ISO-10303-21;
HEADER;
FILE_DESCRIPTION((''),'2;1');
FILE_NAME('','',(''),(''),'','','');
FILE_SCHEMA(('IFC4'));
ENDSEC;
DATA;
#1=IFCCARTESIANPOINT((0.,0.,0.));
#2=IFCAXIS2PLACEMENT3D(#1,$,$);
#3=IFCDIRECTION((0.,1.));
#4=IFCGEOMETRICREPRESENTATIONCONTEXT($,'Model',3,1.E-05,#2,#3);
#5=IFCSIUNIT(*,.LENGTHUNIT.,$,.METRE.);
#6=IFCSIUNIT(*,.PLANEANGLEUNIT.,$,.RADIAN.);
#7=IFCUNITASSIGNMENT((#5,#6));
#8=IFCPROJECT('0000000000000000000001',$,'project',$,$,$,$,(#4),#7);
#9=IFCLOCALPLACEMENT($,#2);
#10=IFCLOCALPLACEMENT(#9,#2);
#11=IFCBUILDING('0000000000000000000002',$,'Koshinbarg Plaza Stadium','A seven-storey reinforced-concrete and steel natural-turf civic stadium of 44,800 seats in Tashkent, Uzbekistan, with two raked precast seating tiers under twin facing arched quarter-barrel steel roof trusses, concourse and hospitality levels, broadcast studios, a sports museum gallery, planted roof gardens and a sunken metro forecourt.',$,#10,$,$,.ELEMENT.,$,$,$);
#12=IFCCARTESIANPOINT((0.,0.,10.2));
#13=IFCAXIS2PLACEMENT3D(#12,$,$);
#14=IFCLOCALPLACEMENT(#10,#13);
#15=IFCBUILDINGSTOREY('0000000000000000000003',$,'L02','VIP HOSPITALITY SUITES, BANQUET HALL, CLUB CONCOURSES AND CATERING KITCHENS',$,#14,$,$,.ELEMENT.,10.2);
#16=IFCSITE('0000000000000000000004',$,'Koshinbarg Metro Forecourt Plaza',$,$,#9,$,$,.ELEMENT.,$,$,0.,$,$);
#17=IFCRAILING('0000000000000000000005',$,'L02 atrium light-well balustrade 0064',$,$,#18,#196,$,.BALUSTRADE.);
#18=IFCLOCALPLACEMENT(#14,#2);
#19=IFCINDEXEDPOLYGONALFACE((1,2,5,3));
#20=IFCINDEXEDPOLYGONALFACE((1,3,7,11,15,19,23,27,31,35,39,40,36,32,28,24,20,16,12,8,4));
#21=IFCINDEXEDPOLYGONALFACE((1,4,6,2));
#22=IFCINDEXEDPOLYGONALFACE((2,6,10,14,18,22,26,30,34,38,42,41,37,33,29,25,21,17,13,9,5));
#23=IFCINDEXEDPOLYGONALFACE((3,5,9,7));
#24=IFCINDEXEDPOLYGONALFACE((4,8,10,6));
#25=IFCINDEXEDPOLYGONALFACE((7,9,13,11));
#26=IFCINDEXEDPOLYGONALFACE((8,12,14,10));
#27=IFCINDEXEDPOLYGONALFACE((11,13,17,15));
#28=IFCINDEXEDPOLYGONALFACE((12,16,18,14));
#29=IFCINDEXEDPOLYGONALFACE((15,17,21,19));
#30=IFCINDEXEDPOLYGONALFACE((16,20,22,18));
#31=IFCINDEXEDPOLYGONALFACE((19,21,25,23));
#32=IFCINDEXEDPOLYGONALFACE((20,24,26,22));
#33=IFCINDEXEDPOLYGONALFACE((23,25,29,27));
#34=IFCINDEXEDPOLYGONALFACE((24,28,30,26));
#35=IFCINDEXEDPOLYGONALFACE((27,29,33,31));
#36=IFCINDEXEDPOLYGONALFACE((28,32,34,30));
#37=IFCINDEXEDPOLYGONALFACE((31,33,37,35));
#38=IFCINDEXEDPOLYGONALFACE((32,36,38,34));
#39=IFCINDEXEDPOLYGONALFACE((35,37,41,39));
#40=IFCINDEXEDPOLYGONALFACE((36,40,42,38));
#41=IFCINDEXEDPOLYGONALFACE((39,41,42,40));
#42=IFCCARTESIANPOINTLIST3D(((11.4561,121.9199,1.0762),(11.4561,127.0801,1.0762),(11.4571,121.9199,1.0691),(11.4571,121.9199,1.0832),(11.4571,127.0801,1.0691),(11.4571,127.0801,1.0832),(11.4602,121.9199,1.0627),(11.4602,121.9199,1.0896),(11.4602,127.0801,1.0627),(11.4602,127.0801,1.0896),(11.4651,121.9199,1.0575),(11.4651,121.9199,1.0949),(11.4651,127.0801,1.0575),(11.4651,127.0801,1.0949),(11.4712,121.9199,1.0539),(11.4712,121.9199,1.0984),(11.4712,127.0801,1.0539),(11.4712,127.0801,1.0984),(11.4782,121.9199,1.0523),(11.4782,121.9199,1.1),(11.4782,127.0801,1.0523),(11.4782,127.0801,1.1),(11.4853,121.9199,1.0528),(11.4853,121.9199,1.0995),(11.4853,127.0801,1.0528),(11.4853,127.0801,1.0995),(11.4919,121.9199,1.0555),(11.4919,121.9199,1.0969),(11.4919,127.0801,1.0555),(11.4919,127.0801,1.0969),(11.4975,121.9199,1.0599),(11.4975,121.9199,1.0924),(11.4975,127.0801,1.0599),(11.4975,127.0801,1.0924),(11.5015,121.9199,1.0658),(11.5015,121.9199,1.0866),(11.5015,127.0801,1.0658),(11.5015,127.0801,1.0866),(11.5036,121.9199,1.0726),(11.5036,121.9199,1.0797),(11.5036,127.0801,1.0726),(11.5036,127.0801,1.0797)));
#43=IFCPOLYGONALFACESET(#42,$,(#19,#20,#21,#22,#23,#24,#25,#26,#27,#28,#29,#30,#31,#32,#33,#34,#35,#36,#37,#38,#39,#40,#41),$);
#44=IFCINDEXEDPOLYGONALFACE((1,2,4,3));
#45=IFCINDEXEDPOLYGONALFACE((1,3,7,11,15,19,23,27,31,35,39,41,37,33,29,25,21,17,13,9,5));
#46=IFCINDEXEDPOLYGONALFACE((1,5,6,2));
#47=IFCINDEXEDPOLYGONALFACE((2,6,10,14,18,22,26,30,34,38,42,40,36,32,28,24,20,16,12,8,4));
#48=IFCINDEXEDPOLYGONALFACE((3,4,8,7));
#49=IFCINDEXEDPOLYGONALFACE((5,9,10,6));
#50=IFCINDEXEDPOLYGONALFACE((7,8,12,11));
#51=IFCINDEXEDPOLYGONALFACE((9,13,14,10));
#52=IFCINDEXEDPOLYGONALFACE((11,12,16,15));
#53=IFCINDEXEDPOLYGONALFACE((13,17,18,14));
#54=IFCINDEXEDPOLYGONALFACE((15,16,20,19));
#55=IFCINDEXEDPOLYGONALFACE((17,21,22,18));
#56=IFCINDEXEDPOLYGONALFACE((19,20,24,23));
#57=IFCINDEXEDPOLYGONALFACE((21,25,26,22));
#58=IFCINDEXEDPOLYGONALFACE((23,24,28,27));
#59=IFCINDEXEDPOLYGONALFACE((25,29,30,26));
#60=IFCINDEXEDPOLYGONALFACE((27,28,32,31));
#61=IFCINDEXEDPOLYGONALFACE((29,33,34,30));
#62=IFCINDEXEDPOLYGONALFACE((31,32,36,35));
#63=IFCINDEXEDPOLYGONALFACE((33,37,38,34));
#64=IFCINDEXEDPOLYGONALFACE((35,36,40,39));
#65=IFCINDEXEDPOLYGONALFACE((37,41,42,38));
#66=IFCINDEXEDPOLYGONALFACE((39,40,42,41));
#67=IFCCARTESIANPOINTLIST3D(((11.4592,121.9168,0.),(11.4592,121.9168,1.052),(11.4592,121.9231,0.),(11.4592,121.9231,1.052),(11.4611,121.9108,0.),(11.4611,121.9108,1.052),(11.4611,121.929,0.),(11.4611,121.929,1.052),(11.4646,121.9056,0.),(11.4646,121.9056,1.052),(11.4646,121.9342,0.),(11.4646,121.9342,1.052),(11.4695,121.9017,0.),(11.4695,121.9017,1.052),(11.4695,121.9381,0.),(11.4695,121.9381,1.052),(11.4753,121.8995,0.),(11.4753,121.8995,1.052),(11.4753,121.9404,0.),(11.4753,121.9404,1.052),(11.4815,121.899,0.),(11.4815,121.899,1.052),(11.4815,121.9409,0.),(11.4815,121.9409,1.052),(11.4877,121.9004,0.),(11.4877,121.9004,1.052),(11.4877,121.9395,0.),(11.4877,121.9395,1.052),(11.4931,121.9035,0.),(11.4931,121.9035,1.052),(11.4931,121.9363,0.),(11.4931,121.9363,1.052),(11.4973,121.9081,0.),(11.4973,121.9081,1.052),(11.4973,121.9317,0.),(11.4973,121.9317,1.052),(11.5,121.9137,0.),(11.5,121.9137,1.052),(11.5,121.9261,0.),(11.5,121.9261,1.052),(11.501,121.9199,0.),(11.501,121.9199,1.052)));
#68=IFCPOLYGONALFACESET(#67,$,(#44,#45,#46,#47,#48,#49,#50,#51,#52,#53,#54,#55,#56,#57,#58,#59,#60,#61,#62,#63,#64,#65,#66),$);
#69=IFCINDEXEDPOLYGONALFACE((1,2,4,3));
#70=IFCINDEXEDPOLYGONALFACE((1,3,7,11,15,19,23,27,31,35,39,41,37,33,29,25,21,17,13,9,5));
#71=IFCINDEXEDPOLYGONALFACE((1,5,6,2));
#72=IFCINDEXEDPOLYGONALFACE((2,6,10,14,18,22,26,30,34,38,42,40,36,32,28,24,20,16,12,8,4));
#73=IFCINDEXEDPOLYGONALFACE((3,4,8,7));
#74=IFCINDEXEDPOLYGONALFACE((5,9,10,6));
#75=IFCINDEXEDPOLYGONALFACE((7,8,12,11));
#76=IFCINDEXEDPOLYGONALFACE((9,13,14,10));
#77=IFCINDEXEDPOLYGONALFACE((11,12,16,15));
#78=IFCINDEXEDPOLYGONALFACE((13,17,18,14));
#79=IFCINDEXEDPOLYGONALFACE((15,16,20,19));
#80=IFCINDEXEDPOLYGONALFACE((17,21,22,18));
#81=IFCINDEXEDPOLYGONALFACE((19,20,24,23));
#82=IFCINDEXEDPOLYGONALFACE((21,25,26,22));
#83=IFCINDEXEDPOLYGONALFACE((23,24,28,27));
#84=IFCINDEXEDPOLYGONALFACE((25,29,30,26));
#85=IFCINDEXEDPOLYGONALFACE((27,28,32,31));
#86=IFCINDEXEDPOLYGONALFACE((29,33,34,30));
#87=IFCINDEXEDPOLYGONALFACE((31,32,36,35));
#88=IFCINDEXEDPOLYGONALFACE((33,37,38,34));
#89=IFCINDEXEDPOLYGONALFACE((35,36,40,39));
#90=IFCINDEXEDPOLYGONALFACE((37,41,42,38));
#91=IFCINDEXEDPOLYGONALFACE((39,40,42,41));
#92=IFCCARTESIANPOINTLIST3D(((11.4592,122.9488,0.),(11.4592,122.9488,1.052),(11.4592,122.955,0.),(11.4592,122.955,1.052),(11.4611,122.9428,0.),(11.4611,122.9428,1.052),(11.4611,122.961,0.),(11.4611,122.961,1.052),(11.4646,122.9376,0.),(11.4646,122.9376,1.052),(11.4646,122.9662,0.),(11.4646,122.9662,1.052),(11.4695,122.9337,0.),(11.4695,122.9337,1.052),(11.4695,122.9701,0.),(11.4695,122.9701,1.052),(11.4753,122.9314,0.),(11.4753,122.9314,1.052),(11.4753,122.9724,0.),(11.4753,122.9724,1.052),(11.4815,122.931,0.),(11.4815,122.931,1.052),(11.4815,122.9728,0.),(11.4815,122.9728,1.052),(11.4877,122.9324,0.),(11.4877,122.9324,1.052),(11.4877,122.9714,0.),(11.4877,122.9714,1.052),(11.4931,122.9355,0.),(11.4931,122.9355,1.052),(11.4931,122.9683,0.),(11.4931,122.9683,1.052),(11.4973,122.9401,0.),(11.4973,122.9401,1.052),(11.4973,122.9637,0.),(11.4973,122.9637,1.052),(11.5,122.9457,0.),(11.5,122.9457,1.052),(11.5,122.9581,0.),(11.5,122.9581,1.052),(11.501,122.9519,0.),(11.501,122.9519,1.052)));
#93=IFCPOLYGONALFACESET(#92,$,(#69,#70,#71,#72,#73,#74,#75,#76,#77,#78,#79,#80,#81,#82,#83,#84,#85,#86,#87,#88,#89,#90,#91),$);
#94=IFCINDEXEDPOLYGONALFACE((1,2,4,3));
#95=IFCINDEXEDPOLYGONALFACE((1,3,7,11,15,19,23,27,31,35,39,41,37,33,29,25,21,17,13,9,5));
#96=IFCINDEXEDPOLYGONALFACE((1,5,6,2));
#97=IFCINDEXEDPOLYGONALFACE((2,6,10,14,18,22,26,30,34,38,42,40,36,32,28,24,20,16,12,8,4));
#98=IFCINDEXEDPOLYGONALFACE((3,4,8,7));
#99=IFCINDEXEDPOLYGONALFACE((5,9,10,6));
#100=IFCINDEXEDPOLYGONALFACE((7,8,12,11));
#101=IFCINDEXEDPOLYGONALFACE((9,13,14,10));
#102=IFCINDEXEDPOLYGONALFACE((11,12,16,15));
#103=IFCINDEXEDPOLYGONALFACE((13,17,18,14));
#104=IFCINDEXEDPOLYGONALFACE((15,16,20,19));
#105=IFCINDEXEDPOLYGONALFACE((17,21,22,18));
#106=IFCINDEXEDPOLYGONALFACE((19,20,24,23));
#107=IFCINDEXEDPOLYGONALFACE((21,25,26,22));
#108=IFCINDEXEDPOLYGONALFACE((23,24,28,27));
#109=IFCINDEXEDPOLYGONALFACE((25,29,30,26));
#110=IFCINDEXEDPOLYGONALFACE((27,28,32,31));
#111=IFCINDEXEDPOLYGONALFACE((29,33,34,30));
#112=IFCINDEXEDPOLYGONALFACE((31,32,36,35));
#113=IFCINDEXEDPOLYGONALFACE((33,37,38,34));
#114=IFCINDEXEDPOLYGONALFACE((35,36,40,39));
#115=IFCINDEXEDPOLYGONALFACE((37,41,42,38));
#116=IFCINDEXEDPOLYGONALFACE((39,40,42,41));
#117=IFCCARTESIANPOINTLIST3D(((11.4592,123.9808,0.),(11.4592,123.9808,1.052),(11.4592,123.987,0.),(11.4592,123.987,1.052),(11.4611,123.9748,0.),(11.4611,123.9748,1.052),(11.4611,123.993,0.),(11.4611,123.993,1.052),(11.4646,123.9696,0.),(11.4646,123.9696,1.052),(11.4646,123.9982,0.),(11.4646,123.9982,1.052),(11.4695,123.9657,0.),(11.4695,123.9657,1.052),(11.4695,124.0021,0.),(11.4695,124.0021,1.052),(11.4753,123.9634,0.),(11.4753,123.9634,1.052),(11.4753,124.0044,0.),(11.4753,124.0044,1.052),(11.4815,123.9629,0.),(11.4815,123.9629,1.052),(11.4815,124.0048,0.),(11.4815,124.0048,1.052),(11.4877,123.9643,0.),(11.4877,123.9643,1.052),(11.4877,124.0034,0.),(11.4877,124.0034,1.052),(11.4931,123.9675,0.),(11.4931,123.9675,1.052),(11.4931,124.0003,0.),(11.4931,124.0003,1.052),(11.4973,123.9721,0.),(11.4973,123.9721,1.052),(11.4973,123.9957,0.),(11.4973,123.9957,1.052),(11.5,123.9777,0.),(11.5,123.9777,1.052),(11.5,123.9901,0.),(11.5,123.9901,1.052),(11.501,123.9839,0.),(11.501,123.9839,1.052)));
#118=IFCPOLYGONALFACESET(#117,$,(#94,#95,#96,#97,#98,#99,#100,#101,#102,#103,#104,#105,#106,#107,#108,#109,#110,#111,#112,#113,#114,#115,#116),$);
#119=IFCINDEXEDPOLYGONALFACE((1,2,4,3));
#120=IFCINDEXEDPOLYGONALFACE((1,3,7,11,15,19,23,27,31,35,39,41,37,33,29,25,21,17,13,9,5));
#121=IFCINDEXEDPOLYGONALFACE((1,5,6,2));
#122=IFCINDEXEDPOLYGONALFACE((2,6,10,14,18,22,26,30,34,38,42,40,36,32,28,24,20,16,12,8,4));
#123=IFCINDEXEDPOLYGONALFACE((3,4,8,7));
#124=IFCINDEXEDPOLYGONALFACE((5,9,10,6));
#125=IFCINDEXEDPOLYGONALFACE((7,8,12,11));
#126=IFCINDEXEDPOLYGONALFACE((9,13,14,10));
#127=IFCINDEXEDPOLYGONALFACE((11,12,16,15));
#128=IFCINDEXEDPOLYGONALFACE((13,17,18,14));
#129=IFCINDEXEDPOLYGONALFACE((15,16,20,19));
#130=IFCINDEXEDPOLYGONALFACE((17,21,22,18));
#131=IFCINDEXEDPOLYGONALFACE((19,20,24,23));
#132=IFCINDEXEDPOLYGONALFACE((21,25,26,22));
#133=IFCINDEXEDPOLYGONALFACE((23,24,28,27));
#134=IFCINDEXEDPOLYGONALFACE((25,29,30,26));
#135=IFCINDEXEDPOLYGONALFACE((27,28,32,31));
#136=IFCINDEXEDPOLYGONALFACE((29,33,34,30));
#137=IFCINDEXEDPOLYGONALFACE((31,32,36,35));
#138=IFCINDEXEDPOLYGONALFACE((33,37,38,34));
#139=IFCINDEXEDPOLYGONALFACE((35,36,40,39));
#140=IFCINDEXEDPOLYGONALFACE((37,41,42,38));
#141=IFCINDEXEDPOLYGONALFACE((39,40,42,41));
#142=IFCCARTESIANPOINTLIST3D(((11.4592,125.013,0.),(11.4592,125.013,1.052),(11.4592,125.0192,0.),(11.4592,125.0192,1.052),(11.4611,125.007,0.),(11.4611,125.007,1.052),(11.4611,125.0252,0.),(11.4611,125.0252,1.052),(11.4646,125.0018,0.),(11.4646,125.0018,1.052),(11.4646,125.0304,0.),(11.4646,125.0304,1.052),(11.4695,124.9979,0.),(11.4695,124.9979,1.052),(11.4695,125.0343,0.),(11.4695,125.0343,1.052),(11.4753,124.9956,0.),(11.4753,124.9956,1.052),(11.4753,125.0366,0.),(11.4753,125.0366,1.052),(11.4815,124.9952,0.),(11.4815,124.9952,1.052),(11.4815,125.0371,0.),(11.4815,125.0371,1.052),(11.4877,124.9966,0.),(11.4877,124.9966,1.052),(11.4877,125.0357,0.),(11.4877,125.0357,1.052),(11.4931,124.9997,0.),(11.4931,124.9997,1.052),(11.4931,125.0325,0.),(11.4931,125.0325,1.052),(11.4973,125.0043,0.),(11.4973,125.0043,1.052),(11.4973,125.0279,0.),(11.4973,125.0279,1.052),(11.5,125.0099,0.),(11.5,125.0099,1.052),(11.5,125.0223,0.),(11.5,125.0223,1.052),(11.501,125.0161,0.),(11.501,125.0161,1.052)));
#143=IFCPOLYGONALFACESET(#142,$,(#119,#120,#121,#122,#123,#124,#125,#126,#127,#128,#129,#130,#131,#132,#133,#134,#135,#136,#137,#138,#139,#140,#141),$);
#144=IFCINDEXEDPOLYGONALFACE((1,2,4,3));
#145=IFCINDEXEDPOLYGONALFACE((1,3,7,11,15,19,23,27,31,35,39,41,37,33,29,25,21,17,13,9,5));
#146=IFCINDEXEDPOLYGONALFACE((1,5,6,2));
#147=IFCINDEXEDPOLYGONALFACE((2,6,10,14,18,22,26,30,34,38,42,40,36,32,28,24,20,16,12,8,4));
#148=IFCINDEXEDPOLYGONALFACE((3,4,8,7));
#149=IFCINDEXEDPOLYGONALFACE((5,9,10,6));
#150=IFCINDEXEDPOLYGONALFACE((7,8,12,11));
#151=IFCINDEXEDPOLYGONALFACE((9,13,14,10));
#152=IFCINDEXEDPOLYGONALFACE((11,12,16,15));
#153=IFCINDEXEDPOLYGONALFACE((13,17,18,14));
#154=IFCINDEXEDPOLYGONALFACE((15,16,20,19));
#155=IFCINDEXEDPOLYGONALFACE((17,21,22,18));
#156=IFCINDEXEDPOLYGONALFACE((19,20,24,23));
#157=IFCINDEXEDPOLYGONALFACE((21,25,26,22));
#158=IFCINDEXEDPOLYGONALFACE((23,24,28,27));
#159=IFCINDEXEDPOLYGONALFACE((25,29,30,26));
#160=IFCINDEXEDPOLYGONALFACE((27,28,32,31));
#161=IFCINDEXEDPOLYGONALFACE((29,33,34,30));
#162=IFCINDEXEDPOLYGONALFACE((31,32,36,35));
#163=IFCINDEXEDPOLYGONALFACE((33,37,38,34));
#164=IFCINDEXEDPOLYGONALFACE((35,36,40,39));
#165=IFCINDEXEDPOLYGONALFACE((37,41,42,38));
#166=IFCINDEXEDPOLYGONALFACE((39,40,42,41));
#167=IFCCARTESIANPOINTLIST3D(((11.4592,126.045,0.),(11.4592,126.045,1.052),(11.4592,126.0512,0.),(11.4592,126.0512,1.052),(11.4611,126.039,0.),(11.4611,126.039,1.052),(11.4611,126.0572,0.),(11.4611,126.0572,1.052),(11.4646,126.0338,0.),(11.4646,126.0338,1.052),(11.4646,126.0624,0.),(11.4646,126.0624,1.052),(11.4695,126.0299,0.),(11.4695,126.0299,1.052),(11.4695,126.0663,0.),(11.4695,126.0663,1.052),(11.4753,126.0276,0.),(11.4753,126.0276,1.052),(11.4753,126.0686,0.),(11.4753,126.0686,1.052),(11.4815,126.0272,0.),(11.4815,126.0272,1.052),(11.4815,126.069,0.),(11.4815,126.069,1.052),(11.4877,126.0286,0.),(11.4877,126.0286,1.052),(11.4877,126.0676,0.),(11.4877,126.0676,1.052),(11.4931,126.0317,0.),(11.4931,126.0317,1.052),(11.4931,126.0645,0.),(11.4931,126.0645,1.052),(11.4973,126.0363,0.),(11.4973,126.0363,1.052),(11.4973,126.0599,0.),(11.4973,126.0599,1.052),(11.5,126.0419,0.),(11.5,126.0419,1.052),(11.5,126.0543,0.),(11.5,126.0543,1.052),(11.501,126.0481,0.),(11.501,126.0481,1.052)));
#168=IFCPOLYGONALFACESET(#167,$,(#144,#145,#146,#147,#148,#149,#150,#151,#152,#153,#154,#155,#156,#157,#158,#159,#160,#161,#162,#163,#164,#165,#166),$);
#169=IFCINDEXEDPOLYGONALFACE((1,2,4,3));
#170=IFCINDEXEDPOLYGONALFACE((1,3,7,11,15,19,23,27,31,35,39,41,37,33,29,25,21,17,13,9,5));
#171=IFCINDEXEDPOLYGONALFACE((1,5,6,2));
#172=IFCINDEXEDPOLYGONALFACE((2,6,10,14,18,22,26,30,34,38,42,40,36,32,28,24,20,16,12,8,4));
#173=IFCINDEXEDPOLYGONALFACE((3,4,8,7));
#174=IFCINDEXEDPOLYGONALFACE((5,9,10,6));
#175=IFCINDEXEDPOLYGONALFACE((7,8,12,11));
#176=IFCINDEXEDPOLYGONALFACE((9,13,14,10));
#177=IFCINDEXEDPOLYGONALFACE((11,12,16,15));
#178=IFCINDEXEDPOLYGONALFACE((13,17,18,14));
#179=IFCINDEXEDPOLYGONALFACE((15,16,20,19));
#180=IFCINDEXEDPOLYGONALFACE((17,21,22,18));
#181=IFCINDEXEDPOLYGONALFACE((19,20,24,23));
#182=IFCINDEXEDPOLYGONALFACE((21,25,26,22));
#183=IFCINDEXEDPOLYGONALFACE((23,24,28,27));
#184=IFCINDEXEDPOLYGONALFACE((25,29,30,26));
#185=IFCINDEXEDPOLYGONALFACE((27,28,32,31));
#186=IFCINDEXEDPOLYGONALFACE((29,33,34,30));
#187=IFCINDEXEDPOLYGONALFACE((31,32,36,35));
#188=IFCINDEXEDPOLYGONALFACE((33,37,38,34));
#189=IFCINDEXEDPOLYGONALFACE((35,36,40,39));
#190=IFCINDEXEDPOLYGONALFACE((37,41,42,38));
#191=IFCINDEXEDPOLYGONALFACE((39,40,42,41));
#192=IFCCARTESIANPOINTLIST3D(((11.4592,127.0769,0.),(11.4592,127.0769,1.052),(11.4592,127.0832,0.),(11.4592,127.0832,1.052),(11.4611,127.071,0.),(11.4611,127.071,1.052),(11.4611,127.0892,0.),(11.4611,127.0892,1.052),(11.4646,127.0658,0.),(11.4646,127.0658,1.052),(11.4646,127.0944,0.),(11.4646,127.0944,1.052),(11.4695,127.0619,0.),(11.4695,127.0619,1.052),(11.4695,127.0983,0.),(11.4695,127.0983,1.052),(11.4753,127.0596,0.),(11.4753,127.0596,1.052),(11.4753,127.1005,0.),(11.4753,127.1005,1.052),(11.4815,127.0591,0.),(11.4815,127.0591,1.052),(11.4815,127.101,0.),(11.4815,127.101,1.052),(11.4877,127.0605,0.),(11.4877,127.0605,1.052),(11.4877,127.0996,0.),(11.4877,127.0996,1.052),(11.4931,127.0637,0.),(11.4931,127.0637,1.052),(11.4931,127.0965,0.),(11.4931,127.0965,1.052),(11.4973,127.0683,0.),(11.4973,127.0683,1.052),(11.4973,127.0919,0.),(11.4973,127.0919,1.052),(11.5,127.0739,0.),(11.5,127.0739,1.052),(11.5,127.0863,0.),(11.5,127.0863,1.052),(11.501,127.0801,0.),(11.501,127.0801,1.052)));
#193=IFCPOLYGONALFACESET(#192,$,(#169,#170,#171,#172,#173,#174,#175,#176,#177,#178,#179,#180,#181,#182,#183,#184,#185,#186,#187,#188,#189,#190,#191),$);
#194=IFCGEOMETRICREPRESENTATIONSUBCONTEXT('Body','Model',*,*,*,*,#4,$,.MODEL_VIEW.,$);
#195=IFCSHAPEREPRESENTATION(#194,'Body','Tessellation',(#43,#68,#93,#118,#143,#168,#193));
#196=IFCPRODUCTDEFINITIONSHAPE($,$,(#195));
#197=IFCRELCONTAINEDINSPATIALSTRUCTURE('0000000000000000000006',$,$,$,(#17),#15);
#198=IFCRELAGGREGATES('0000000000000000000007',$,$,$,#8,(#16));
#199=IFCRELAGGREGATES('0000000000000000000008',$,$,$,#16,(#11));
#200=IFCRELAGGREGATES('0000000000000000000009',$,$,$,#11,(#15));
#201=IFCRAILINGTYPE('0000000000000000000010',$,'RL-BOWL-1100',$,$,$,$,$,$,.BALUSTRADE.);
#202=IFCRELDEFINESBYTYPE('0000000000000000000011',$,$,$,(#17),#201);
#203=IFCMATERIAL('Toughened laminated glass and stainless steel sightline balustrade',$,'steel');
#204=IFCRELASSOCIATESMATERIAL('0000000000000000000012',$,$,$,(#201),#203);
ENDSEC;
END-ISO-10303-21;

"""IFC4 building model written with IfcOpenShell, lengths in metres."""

from ifc_helpers import new_model, si_unit, direction, frame, origin, origin_2d, place, context, subcontext, project, spatial, circle, extrude, material, type_object, element, save


model = new_model("IFC4")

# Units and contexts
model_context = context("Model", 3, precision=1e-05, world=origin(), true_north=direction((0.0, 1.0)))
body_context = subcontext(model_context, "Body", "Model", "MODEL_VIEW")
ifc_project = project(units=[si_unit("LENGTHUNIT", "METRE"), si_unit("PLANEANGLEUNIT", "RADIAN")], contexts=[model_context])

# Site, building, storey
site_placement = place(None, origin())
site = spatial("IfcSite", under=ifc_project, at=site_placement, Name="Koshinbarg Metro Forecourt Plaza", CompositionType="ELEMENT", RefElevation=0.0)
building_placement = place(site_placement, origin())
building = spatial("IfcBuilding", under=site, at=building_placement, Name="Koshinbarg Plaza Stadium", Description="A seven-storey reinforced-concrete and steel natural-turf civic stadium of 44,800 seats in Tashkent, Uzbekistan, with two raked precast seating tiers under twin facing arched quarter-barrel steel roof trusses, concourse and hospitality levels, broadcast studios, a sports museum gallery, planted roof gardens and a sunken metro forecourt.", CompositionType="ELEMENT")
storey_placement = place(building_placement, frame((0.0, 0.0, 10.2)))
storey = spatial("IfcBuildingStorey", under=building, at=storey_placement, Name="L02", Description="VIP HOSPITALITY SUITES, BANQUET HALL, CLUB CONCOURSES AND CATERING KITCHENS", CompositionType="ELEMENT", Elevation=10.2)

# Railing
ifc_material_1 = material(Name="Toughened laminated glass and stainless steel sightline balustrade", Category="steel")
railing_type = type_object("IfcRailingType", Name="RL-BOWL-1100", PredefinedType="BALUSTRADE", material=ifc_material_1)
railing_1_placement = place(storey_placement, frame((11.48, 121.9199, 0.0)))
element("IfcRailing", 1, at=railing_1_placement, inside=storey, type_object=railing_type, Name="L02 atrium light-well balustrade 0064", PredefinedType="BALUSTRADE", context=body_context, shape_type="SweptSolid", body=[
    extrude(circle(Radius=0.0239, at=origin_2d()), frame((0.0, 0.0, 1.0762), z_axis=(0.0, 1.0, 0.0), x_axis=(-1.0, 0.0, 0.0)), (0.0, 0.0, 1.0), 5.1602),
    extrude(circle(Radius=0.021, at=origin_2d()), origin(), (0.0, 0.0, 1.0), 1.052),
    extrude(circle(Radius=0.021, at=origin_2d()), frame((0.0, 1.032, 0.0)), (0.0, 0.0, 1.0), 1.052),
    extrude(circle(Radius=0.021, at=origin_2d()), frame((0.0, 2.064, 0.0)), (0.0, 0.0, 1.0), 1.052),
    extrude(circle(Radius=0.021, at=origin_2d()), frame((0.0, 3.0962, 0.0)), (0.0, 0.0, 1.0), 1.052),
    extrude(circle(Radius=0.021, at=origin_2d()), frame((0.0, 4.1282, 0.0)), (0.0, 0.0, 1.0), 1.052),
    extrude(circle(Radius=0.021, at=origin_2d()), frame((0.0, 5.1602, 0.0)), (0.0, 0.0, 1.0), 1.052),
])

save(model, "model.ifc")
